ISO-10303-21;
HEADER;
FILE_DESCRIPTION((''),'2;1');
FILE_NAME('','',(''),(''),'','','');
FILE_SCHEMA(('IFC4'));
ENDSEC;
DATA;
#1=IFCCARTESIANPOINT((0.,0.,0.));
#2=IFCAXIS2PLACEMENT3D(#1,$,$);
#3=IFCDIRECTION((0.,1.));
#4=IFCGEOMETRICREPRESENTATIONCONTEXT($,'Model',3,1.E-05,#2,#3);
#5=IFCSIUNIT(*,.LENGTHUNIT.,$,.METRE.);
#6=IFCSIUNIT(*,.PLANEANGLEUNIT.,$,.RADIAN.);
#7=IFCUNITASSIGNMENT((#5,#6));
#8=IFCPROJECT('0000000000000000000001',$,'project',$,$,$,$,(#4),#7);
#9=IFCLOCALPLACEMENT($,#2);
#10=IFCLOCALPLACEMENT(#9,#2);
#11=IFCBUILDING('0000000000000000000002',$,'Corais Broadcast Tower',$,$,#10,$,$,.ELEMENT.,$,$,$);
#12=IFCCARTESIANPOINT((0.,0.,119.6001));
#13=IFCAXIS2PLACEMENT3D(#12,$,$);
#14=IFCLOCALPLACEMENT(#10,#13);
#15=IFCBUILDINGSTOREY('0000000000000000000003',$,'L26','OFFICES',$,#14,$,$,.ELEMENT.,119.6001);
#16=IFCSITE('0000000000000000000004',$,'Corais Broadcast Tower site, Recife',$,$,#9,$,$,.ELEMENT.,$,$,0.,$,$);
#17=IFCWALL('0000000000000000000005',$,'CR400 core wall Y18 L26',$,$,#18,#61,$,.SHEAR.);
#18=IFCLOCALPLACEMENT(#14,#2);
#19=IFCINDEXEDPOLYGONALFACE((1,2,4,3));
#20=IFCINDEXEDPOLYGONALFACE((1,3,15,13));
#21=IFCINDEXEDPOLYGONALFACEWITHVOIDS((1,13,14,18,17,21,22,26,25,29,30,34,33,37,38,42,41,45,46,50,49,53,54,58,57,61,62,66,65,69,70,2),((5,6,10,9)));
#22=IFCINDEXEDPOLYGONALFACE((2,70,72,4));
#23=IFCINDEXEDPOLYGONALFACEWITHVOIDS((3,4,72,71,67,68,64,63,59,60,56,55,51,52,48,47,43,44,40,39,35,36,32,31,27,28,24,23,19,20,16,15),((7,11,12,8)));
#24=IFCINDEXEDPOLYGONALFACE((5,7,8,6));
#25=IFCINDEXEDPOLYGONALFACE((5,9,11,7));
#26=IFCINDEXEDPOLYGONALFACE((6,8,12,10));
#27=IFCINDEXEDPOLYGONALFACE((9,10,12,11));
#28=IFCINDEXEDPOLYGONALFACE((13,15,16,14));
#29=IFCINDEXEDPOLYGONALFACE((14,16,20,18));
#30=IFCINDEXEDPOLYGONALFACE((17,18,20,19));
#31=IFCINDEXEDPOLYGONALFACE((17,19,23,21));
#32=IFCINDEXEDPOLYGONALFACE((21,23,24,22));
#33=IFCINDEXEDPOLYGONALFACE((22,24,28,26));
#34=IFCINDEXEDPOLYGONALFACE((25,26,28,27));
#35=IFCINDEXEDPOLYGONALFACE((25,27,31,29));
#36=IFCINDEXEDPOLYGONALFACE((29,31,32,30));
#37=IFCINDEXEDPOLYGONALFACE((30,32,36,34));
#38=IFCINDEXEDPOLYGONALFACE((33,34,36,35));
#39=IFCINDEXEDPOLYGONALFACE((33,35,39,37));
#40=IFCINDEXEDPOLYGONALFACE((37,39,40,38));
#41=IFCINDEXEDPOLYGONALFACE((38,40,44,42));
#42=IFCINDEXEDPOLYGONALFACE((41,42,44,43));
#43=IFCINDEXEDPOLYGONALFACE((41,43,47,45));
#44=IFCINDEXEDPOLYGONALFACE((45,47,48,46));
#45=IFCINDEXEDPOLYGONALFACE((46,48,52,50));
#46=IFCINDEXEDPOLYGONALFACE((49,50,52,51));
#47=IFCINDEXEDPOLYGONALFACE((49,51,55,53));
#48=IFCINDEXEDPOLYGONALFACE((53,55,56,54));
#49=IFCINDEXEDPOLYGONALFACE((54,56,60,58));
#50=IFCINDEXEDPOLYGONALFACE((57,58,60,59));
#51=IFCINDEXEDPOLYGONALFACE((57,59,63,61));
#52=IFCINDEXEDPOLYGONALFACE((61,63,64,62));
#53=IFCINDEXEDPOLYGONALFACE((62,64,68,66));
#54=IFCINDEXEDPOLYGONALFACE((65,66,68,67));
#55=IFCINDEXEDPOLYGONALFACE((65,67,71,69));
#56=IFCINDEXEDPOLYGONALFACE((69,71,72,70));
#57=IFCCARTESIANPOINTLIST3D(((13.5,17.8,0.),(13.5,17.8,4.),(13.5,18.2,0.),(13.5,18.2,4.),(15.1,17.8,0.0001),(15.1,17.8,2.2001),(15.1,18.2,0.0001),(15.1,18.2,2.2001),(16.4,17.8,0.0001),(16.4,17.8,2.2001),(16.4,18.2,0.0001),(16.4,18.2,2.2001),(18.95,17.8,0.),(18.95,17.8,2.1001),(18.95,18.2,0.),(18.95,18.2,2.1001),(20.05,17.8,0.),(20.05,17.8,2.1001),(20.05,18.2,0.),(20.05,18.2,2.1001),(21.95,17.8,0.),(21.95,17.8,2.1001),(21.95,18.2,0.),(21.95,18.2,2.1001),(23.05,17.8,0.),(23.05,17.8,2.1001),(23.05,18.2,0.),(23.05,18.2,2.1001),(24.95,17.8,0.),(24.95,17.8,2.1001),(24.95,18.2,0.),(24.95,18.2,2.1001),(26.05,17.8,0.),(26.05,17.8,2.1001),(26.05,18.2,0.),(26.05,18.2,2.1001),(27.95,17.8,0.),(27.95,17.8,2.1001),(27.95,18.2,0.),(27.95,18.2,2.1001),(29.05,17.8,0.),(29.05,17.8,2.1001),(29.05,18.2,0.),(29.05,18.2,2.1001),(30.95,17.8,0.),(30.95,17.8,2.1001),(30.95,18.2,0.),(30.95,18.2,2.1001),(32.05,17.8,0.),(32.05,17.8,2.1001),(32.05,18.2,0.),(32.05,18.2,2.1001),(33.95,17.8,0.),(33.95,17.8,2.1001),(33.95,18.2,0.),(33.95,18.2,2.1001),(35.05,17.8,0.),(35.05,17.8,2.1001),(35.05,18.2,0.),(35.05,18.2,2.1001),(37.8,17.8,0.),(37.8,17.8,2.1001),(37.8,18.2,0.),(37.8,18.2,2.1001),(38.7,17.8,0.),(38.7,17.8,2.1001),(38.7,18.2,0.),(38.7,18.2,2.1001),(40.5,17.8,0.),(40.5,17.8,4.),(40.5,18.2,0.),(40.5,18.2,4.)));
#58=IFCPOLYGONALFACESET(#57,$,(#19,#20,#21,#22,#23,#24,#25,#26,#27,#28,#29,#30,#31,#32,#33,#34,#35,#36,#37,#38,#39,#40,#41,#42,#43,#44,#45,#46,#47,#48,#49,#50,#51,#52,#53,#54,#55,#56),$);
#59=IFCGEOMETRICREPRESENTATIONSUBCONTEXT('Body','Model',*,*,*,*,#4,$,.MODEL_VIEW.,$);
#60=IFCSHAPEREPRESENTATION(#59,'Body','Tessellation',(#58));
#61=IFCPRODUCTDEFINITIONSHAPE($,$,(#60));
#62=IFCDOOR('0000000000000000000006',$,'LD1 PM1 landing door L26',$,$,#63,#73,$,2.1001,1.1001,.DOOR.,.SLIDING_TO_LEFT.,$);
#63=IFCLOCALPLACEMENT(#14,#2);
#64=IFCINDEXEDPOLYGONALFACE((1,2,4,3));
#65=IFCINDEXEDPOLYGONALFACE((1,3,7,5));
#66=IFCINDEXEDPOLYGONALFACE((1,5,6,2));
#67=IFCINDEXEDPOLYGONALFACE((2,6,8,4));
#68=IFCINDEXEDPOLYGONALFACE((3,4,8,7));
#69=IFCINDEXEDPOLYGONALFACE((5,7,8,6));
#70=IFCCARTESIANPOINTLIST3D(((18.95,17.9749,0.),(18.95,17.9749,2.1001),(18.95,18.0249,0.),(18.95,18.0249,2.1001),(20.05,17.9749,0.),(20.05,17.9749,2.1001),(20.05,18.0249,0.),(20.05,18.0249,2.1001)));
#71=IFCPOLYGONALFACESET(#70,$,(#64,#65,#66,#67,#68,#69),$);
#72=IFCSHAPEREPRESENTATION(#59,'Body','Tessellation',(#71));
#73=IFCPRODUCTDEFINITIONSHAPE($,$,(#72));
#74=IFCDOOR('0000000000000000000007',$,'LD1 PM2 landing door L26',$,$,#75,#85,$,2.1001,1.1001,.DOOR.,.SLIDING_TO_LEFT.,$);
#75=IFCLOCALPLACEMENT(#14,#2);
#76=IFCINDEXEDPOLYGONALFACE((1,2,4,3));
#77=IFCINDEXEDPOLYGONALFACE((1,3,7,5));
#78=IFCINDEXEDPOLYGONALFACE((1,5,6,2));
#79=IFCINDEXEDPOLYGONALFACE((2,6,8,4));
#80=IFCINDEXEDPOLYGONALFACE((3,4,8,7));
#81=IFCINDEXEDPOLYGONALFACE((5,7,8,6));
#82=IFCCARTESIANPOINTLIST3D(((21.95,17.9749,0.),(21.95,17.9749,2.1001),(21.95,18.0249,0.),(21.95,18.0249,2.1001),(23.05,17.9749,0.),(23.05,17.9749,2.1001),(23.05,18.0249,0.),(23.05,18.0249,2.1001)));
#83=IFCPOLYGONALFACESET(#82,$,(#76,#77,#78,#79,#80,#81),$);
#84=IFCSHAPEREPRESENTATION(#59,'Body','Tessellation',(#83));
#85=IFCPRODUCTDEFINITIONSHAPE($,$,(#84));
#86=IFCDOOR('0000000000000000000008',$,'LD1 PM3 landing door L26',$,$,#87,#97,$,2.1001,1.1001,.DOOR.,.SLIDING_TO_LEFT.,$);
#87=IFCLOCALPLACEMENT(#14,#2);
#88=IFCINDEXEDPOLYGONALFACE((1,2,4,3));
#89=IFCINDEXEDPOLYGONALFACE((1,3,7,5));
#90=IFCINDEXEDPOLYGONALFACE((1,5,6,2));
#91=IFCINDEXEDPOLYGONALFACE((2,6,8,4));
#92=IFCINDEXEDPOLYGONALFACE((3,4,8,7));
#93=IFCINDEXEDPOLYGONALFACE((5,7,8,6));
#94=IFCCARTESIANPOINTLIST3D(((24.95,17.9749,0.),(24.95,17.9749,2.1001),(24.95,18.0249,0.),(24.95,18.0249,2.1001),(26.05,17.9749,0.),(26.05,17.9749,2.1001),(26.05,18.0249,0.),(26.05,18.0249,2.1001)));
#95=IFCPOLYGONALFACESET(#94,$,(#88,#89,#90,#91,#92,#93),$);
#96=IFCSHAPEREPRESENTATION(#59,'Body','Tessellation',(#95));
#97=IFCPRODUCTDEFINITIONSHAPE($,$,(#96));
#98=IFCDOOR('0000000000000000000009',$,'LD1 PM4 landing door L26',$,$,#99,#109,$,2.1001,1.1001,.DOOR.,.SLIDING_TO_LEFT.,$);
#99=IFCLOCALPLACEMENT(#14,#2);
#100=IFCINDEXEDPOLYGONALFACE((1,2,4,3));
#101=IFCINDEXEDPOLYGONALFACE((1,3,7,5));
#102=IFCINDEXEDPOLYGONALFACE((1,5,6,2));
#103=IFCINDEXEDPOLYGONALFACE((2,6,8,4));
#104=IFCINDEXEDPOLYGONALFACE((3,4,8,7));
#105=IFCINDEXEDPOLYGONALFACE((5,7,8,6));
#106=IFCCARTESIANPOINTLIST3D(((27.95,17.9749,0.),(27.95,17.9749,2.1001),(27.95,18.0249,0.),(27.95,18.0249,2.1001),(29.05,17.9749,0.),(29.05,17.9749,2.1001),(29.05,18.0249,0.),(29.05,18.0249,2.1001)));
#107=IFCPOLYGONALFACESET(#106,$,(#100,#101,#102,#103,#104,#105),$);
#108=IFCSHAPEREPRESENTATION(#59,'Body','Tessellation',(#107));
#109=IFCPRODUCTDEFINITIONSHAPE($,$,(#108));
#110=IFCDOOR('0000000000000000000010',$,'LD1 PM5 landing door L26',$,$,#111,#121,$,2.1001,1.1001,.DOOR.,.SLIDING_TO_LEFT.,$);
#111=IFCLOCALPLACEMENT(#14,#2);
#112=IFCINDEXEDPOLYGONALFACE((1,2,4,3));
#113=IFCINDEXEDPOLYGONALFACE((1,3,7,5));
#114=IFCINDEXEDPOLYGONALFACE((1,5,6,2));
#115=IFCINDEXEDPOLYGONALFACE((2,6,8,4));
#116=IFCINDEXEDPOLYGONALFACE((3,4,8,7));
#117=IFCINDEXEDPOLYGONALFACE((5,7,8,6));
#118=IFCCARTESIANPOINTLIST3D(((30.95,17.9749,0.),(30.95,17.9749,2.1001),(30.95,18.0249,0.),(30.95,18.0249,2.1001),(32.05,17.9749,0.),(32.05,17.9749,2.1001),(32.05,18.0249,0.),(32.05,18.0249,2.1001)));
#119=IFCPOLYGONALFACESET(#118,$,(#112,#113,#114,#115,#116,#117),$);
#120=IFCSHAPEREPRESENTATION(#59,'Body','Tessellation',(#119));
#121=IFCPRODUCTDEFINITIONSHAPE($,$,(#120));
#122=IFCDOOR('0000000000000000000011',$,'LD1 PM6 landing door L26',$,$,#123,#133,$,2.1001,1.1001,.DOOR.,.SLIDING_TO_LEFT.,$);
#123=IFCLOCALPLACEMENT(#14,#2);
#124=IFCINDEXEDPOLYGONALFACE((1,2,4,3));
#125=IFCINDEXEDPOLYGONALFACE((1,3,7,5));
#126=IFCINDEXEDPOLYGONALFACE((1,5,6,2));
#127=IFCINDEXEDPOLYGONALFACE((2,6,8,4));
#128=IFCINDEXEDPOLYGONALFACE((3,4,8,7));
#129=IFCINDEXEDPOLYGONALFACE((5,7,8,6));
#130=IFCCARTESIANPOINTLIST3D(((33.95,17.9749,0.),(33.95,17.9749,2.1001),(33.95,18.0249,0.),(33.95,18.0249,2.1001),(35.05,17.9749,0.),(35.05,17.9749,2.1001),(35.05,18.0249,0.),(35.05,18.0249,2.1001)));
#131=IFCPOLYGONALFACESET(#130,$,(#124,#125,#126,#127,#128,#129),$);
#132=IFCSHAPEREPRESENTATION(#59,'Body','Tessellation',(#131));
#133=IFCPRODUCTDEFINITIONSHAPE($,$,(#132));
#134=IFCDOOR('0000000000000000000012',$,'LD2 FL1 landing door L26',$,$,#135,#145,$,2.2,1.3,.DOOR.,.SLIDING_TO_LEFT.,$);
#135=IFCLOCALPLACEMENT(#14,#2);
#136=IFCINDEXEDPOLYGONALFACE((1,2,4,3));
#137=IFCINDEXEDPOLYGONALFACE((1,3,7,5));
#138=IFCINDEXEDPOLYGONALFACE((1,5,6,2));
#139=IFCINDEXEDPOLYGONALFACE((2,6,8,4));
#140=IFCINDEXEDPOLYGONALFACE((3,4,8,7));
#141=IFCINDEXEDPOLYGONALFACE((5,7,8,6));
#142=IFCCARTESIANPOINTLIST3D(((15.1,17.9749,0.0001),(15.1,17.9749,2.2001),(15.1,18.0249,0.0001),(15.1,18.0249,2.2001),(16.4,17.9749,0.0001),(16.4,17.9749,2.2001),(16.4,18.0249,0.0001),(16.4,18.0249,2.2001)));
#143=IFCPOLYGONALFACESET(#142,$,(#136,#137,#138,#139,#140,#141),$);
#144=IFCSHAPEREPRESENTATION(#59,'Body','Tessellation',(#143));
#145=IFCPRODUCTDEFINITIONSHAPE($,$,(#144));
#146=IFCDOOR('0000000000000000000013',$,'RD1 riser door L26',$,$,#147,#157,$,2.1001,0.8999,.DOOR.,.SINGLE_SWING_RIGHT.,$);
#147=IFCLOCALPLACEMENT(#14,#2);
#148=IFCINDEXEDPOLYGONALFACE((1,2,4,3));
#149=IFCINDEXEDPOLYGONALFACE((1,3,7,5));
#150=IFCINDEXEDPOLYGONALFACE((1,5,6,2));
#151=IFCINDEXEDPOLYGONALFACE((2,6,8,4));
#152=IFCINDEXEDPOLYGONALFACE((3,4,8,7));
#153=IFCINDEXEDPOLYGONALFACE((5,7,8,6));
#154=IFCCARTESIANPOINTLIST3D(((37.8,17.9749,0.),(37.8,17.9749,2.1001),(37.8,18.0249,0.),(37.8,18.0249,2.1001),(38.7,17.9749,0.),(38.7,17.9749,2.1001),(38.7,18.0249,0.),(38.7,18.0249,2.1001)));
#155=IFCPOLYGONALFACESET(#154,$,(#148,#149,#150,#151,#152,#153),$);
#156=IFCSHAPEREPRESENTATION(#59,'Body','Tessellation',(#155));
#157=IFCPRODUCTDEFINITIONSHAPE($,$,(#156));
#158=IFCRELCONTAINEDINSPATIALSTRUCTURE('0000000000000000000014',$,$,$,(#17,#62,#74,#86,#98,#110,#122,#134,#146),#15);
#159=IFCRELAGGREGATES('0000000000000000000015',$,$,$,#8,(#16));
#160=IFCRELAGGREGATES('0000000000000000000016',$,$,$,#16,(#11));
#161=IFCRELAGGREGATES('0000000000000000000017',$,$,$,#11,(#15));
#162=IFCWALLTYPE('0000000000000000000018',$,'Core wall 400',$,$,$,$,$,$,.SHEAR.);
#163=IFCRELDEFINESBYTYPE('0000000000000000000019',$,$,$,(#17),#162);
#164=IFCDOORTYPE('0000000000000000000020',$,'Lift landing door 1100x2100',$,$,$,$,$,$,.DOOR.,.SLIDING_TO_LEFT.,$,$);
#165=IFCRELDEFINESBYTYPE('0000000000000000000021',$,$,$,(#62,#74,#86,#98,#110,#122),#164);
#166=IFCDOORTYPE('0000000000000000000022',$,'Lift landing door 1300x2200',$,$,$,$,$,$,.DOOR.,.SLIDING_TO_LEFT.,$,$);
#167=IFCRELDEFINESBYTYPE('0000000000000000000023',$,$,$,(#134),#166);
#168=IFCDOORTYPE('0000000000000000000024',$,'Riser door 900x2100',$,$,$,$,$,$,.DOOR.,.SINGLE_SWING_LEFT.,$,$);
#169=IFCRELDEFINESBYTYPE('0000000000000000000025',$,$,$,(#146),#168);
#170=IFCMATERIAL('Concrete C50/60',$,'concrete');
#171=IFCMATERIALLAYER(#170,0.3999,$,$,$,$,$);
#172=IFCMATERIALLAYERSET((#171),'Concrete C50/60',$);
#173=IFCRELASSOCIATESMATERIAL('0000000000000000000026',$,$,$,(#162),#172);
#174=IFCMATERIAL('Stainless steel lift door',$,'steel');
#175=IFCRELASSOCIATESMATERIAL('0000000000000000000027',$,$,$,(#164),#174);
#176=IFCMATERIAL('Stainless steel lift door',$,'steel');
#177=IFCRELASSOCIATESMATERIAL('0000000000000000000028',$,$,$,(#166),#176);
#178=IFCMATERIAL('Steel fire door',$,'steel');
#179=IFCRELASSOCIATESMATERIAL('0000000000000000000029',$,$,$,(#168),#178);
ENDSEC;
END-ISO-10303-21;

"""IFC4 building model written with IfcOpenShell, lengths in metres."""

from ifc_helpers import new_model, si_unit, direction, frame, frame_2d, origin, place, context, subcontext, project, spatial, rectangle, extrude, material, layer, layer_set, type_object, element, fill, save


model = new_model("IFC4")

# Units and contexts
model_context = context("Model", 3, precision=1e-05, world=origin(), true_north=direction((0.0, 1.0)))
body_context = subcontext(model_context, "Body", "Model", "MODEL_VIEW")
ifc_project = project(units=[si_unit("LENGTHUNIT", "METRE"), si_unit("PLANEANGLEUNIT", "RADIAN")], contexts=[model_context])

# Site, building, storey
site_placement = place(None, origin())
site = spatial("IfcSite", under=ifc_project, at=site_placement, Name="Corais Broadcast Tower site, Recife", CompositionType="ELEMENT", RefElevation=0.0)
building_placement = place(site_placement, origin())
building = spatial("IfcBuilding", under=site, at=building_placement, Name="Corais Broadcast Tower", CompositionType="ELEMENT")
storey_placement = place(building_placement, frame((0.0, 0.0, 119.6001)))
storey = spatial("IfcBuildingStorey", under=building, at=storey_placement, Name="L26", Description="OFFICES", CompositionType="ELEMENT", Elevation=119.6001)

# Wall, openings, doors
ifc_material_1 = material(Name="Concrete C50/60", Category="concrete")
ifc_layer_1 = layer(ifc_material_1, 0.3999)
ifc_layer_set_1 = layer_set([ifc_layer_1], Name="Concrete C50/60")
wall_type_1 = type_object("IfcWallType", Name="Core wall 400", PredefinedType="SHEAR", material=ifc_layer_set_1)
wall_1_placement = place(storey_placement, frame((13.5, 18.0, 0.0), z_axis=(0.0, 0.0, 1.0), x_axis=(1.0, 0.0, 0.0)))
wall_1 = element("IfcWall", 1, at=wall_1_placement, inside=storey, type_object=wall_type_1, Name="CR400 core wall Y18 L26", PredefinedType="SHEAR", context=body_context, shape_type="SweptSolid", body=[
    extrude(rectangle(XDim=27.0, YDim=0.3999, at=frame_2d((13.5, 0.0))), origin(), (0.0, 0.0, 1.0), 4.0),
])
opening_1_placement = place(wall_1_placement, frame((24.3, 0.0, 0.0)))
opening_1 = element("IfcOpeningElement", 2, at=opening_1_placement, cuts=wall_1, PredefinedType="OPENING", context=body_context, shape_type="SweptSolid", body=[
    extrude(rectangle(XDim=0.8999, YDim=2.1001, at=frame_2d((0.45, 1.05))), frame((0.0, 0.21, 0.0), z_axis=(0.0, -1.0, 0.0), x_axis=(1.0, 0.0, 0.0)), (0.0, 0.0, 1.0), 0.4199),
])
opening_2_placement = place(wall_1_placement, frame((5.45, 0.0, 0.0)))
opening_2 = element("IfcOpeningElement", 3, at=opening_2_placement, cuts=wall_1, PredefinedType="OPENING", context=body_context, shape_type="SweptSolid", body=[
    extrude(rectangle(XDim=1.1001, YDim=2.1001, at=frame_2d((0.55, 1.05))), frame((0.0, 0.21, 0.0), z_axis=(0.0, -1.0, 0.0), x_axis=(1.0, 0.0, 0.0)), (0.0, 0.0, 1.0), 0.4199),
])
opening_3_placement = place(wall_1_placement, frame((8.45, 0.0, 0.0)))
opening_3 = element("IfcOpeningElement", 4, at=opening_3_placement, cuts=wall_1, PredefinedType="OPENING", context=body_context, shape_type="SweptSolid", body=[
    extrude(rectangle(XDim=1.1001, YDim=2.1001, at=frame_2d((0.55, 1.05))), frame((0.0, 0.21, 0.0), z_axis=(0.0, -1.0, 0.0), x_axis=(1.0, 0.0, 0.0)), (0.0, 0.0, 1.0), 0.4199),
])
opening_4_placement = place(wall_1_placement, frame((11.45, 0.0, 0.0)))
opening_4 = element("IfcOpeningElement", 5, at=opening_4_placement, cuts=wall_1, PredefinedType="OPENING", context=body_context, shape_type="SweptSolid", body=[
    extrude(rectangle(XDim=1.1001, YDim=2.1001, at=frame_2d((0.55, 1.05))), frame((0.0, 0.21, 0.0), z_axis=(0.0, -1.0, 0.0), x_axis=(1.0, 0.0, 0.0)), (0.0, 0.0, 1.0), 0.4199),
])
opening_5_placement = place(wall_1_placement, frame((14.45, 0.0, 0.0)))
opening_5 = element("IfcOpeningElement", 6, at=opening_5_placement, cuts=wall_1, PredefinedType="OPENING", context=body_context, shape_type="SweptSolid", body=[
    extrude(rectangle(XDim=1.1001, YDim=2.1001, at=frame_2d((0.55, 1.05))), frame((0.0, 0.21, 0.0), z_axis=(0.0, -1.0, 0.0), x_axis=(1.0, 0.0, 0.0)), (0.0, 0.0, 1.0), 0.4199),
])
opening_6_placement = place(wall_1_placement, frame((17.45, 0.0, 0.0)))
opening_6 = element("IfcOpeningElement", 7, at=opening_6_placement, cuts=wall_1, PredefinedType="OPENING", context=body_context, shape_type="SweptSolid", body=[
    extrude(rectangle(XDim=1.1001, YDim=2.1001, at=frame_2d((0.55, 1.05))), frame((0.0, 0.21, 0.0), z_axis=(0.0, -1.0, 0.0), x_axis=(1.0, 0.0, 0.0)), (0.0, 0.0, 1.0), 0.4199),
])
opening_7_placement = place(wall_1_placement, frame((20.45, 0.0, 0.0)))
opening_7 = element("IfcOpeningElement", 8, at=opening_7_placement, cuts=wall_1, PredefinedType="OPENING", context=body_context, shape_type="SweptSolid", body=[
    extrude(rectangle(XDim=1.1001, YDim=2.1001, at=frame_2d((0.55, 1.05))), frame((0.0, 0.21, 0.0), z_axis=(0.0, -1.0, 0.0), x_axis=(1.0, 0.0, 0.0)), (0.0, 0.0, 1.0), 0.4199),
])
opening_8_placement = place(wall_1_placement, frame((1.6001, 0.0, 0.0)))
opening_8 = element("IfcOpeningElement", 9, at=opening_8_placement, cuts=wall_1, PredefinedType="OPENING", context=body_context, shape_type="SweptSolid", body=[
    extrude(rectangle(XDim=1.3, YDim=2.2, at=frame_2d((0.6499, 1.1001))), frame((0.0, 0.21, 0.0), z_axis=(0.0, -1.0, 0.0), x_axis=(1.0, 0.0, 0.0)), (0.0, 0.0, 1.0), 0.4199),
])
ifc_material_2 = material(Name="Stainless steel lift door", Category="steel")
door_type_1 = type_object("IfcDoorType", Name="Lift landing door 1100x2100", OperationType="SLIDING_TO_LEFT", PredefinedType="DOOR", material=ifc_material_2)
door_1_placement = place(opening_2_placement, origin())
door_1 = element("IfcDoor", 10, at=door_1_placement, inside=storey, type_object=door_type_1, Name="LD1 PM1 landing door L26", OperationType="SLIDING_TO_LEFT", OverallHeight=2.1001, OverallWidth=1.1001, PredefinedType="DOOR", context=body_context, shape_type="SweptSolid", body=[
    extrude(rectangle(XDim=1.1001, YDim=2.1001, at=frame_2d((0.55, 1.05))), frame((0.0, 0.0249, 0.0), z_axis=(0.0, -1.0, 0.0), x_axis=(1.0, 0.0, 0.0)), (0.0, 0.0, 1.0), 0.05),
])
fill(opening_2, door_1)
door_2_placement = place(opening_3_placement, origin())
door_2 = element("IfcDoor", 11, at=door_2_placement, inside=storey, type_object=door_type_1, Name="LD1 PM2 landing door L26", OperationType="SLIDING_TO_LEFT", OverallHeight=2.1001, OverallWidth=1.1001, PredefinedType="DOOR", context=body_context, shape_type="SweptSolid", body=[
    extrude(rectangle(XDim=1.1001, YDim=2.1001, at=frame_2d((0.55, 1.05))), frame((0.0, 0.0249, 0.0), z_axis=(0.0, -1.0, 0.0), x_axis=(1.0, 0.0, 0.0)), (0.0, 0.0, 1.0), 0.05),
])
fill(opening_3, door_2)
door_3_placement = place(opening_4_placement, origin())
door_3 = element("IfcDoor", 12, at=door_3_placement, inside=storey, type_object=door_type_1, Name="LD1 PM3 landing door L26", OperationType="SLIDING_TO_LEFT", OverallHeight=2.1001, OverallWidth=1.1001, PredefinedType="DOOR", context=body_context, shape_type="SweptSolid", body=[
    extrude(rectangle(XDim=1.1001, YDim=2.1001, at=frame_2d((0.55, 1.05))), frame((0.0, 0.0249, 0.0), z_axis=(0.0, -1.0, 0.0), x_axis=(1.0, 0.0, 0.0)), (0.0, 0.0, 1.0), 0.05),
])
fill(opening_4, door_3)
door_4_placement = place(opening_5_placement, origin())
door_4 = element("IfcDoor", 13, at=door_4_placement, inside=storey, type_object=door_type_1, Name="LD1 PM4 landing door L26", OperationType="SLIDING_TO_LEFT", OverallHeight=2.1001, OverallWidth=1.1001, PredefinedType="DOOR", context=body_context, shape_type="SweptSolid", body=[
    extrude(rectangle(XDim=1.1001, YDim=2.1001, at=frame_2d((0.55, 1.05))), frame((0.0, 0.0249, 0.0), z_axis=(0.0, -1.0, 0.0), x_axis=(1.0, 0.0, 0.0)), (0.0, 0.0, 1.0), 0.05),
])
fill(opening_5, door_4)
door_5_placement = place(opening_6_placement, origin())
door_5 = element("IfcDoor", 14, at=door_5_placement, inside=storey, type_object=door_type_1, Name="LD1 PM5 landing door L26", OperationType="SLIDING_TO_LEFT", OverallHeight=2.1001, OverallWidth=1.1001, PredefinedType="DOOR", context=body_context, shape_type="SweptSolid", body=[
    extrude(rectangle(XDim=1.1001, YDim=2.1001, at=frame_2d((0.55, 1.05))), frame((0.0, 0.0249, 0.0), z_axis=(0.0, -1.0, 0.0), x_axis=(1.0, 0.0, 0.0)), (0.0, 0.0, 1.0), 0.05),
])
fill(opening_6, door_5)
door_6_placement = place(opening_7_placement, origin())
door_6 = element("IfcDoor", 15, at=door_6_placement, inside=storey, type_object=door_type_1, Name="LD1 PM6 landing door L26", OperationType="SLIDING_TO_LEFT", OverallHeight=2.1001, OverallWidth=1.1001, PredefinedType="DOOR", context=body_context, shape_type="SweptSolid", body=[
    extrude(rectangle(XDim=1.1001, YDim=2.1001, at=frame_2d((0.55, 1.05))), frame((0.0, 0.0249, 0.0), z_axis=(0.0, -1.0, 0.0), x_axis=(1.0, 0.0, 0.0)), (0.0, 0.0, 1.0), 0.05),
])
fill(opening_7, door_6)
ifc_material_3 = material(Name="Stainless steel lift door", Category="steel")
door_type_2 = type_object("IfcDoorType", Name="Lift landing door 1300x2200", OperationType="SLIDING_TO_LEFT", PredefinedType="DOOR", material=ifc_material_3)
door_7_placement = place(opening_8_placement, origin())
door_7 = element("IfcDoor", 16, at=door_7_placement, inside=storey, type_object=door_type_2, Name="LD2 FL1 landing door L26", OperationType="SLIDING_TO_LEFT", OverallHeight=2.2, OverallWidth=1.3, PredefinedType="DOOR", context=body_context, shape_type="SweptSolid", body=[
    extrude(rectangle(XDim=1.3, YDim=2.2, at=frame_2d((0.6499, 1.1001))), frame((0.0, 0.0249, 0.0), z_axis=(0.0, -1.0, 0.0), x_axis=(1.0, 0.0, 0.0)), (0.0, 0.0, 1.0), 0.05),
])
fill(opening_8, door_7)
ifc_material_4 = material(Name="Steel fire door", Category="steel")
door_type_3 = type_object("IfcDoorType", Name="Riser door 900x2100", OperationType="SINGLE_SWING_LEFT", PredefinedType="DOOR", material=ifc_material_4)
door_8_placement = place(opening_1_placement, origin())
door_8 = element("IfcDoor", 17, at=door_8_placement, inside=storey, type_object=door_type_3, Name="RD1 riser door L26", OperationType="SINGLE_SWING_RIGHT", OverallHeight=2.1001, OverallWidth=0.8999, PredefinedType="DOOR", context=body_context, shape_type="SweptSolid", body=[
    extrude(rectangle(XDim=0.8999, YDim=2.1001, at=frame_2d((0.45, 1.05))), frame((0.0, 0.0249, 0.0), z_axis=(0.0, -1.0, 0.0), x_axis=(1.0, 0.0, 0.0)), (0.0, 0.0, 1.0), 0.05),
])
fill(opening_1, door_8)

save(model, "model.ifc")
